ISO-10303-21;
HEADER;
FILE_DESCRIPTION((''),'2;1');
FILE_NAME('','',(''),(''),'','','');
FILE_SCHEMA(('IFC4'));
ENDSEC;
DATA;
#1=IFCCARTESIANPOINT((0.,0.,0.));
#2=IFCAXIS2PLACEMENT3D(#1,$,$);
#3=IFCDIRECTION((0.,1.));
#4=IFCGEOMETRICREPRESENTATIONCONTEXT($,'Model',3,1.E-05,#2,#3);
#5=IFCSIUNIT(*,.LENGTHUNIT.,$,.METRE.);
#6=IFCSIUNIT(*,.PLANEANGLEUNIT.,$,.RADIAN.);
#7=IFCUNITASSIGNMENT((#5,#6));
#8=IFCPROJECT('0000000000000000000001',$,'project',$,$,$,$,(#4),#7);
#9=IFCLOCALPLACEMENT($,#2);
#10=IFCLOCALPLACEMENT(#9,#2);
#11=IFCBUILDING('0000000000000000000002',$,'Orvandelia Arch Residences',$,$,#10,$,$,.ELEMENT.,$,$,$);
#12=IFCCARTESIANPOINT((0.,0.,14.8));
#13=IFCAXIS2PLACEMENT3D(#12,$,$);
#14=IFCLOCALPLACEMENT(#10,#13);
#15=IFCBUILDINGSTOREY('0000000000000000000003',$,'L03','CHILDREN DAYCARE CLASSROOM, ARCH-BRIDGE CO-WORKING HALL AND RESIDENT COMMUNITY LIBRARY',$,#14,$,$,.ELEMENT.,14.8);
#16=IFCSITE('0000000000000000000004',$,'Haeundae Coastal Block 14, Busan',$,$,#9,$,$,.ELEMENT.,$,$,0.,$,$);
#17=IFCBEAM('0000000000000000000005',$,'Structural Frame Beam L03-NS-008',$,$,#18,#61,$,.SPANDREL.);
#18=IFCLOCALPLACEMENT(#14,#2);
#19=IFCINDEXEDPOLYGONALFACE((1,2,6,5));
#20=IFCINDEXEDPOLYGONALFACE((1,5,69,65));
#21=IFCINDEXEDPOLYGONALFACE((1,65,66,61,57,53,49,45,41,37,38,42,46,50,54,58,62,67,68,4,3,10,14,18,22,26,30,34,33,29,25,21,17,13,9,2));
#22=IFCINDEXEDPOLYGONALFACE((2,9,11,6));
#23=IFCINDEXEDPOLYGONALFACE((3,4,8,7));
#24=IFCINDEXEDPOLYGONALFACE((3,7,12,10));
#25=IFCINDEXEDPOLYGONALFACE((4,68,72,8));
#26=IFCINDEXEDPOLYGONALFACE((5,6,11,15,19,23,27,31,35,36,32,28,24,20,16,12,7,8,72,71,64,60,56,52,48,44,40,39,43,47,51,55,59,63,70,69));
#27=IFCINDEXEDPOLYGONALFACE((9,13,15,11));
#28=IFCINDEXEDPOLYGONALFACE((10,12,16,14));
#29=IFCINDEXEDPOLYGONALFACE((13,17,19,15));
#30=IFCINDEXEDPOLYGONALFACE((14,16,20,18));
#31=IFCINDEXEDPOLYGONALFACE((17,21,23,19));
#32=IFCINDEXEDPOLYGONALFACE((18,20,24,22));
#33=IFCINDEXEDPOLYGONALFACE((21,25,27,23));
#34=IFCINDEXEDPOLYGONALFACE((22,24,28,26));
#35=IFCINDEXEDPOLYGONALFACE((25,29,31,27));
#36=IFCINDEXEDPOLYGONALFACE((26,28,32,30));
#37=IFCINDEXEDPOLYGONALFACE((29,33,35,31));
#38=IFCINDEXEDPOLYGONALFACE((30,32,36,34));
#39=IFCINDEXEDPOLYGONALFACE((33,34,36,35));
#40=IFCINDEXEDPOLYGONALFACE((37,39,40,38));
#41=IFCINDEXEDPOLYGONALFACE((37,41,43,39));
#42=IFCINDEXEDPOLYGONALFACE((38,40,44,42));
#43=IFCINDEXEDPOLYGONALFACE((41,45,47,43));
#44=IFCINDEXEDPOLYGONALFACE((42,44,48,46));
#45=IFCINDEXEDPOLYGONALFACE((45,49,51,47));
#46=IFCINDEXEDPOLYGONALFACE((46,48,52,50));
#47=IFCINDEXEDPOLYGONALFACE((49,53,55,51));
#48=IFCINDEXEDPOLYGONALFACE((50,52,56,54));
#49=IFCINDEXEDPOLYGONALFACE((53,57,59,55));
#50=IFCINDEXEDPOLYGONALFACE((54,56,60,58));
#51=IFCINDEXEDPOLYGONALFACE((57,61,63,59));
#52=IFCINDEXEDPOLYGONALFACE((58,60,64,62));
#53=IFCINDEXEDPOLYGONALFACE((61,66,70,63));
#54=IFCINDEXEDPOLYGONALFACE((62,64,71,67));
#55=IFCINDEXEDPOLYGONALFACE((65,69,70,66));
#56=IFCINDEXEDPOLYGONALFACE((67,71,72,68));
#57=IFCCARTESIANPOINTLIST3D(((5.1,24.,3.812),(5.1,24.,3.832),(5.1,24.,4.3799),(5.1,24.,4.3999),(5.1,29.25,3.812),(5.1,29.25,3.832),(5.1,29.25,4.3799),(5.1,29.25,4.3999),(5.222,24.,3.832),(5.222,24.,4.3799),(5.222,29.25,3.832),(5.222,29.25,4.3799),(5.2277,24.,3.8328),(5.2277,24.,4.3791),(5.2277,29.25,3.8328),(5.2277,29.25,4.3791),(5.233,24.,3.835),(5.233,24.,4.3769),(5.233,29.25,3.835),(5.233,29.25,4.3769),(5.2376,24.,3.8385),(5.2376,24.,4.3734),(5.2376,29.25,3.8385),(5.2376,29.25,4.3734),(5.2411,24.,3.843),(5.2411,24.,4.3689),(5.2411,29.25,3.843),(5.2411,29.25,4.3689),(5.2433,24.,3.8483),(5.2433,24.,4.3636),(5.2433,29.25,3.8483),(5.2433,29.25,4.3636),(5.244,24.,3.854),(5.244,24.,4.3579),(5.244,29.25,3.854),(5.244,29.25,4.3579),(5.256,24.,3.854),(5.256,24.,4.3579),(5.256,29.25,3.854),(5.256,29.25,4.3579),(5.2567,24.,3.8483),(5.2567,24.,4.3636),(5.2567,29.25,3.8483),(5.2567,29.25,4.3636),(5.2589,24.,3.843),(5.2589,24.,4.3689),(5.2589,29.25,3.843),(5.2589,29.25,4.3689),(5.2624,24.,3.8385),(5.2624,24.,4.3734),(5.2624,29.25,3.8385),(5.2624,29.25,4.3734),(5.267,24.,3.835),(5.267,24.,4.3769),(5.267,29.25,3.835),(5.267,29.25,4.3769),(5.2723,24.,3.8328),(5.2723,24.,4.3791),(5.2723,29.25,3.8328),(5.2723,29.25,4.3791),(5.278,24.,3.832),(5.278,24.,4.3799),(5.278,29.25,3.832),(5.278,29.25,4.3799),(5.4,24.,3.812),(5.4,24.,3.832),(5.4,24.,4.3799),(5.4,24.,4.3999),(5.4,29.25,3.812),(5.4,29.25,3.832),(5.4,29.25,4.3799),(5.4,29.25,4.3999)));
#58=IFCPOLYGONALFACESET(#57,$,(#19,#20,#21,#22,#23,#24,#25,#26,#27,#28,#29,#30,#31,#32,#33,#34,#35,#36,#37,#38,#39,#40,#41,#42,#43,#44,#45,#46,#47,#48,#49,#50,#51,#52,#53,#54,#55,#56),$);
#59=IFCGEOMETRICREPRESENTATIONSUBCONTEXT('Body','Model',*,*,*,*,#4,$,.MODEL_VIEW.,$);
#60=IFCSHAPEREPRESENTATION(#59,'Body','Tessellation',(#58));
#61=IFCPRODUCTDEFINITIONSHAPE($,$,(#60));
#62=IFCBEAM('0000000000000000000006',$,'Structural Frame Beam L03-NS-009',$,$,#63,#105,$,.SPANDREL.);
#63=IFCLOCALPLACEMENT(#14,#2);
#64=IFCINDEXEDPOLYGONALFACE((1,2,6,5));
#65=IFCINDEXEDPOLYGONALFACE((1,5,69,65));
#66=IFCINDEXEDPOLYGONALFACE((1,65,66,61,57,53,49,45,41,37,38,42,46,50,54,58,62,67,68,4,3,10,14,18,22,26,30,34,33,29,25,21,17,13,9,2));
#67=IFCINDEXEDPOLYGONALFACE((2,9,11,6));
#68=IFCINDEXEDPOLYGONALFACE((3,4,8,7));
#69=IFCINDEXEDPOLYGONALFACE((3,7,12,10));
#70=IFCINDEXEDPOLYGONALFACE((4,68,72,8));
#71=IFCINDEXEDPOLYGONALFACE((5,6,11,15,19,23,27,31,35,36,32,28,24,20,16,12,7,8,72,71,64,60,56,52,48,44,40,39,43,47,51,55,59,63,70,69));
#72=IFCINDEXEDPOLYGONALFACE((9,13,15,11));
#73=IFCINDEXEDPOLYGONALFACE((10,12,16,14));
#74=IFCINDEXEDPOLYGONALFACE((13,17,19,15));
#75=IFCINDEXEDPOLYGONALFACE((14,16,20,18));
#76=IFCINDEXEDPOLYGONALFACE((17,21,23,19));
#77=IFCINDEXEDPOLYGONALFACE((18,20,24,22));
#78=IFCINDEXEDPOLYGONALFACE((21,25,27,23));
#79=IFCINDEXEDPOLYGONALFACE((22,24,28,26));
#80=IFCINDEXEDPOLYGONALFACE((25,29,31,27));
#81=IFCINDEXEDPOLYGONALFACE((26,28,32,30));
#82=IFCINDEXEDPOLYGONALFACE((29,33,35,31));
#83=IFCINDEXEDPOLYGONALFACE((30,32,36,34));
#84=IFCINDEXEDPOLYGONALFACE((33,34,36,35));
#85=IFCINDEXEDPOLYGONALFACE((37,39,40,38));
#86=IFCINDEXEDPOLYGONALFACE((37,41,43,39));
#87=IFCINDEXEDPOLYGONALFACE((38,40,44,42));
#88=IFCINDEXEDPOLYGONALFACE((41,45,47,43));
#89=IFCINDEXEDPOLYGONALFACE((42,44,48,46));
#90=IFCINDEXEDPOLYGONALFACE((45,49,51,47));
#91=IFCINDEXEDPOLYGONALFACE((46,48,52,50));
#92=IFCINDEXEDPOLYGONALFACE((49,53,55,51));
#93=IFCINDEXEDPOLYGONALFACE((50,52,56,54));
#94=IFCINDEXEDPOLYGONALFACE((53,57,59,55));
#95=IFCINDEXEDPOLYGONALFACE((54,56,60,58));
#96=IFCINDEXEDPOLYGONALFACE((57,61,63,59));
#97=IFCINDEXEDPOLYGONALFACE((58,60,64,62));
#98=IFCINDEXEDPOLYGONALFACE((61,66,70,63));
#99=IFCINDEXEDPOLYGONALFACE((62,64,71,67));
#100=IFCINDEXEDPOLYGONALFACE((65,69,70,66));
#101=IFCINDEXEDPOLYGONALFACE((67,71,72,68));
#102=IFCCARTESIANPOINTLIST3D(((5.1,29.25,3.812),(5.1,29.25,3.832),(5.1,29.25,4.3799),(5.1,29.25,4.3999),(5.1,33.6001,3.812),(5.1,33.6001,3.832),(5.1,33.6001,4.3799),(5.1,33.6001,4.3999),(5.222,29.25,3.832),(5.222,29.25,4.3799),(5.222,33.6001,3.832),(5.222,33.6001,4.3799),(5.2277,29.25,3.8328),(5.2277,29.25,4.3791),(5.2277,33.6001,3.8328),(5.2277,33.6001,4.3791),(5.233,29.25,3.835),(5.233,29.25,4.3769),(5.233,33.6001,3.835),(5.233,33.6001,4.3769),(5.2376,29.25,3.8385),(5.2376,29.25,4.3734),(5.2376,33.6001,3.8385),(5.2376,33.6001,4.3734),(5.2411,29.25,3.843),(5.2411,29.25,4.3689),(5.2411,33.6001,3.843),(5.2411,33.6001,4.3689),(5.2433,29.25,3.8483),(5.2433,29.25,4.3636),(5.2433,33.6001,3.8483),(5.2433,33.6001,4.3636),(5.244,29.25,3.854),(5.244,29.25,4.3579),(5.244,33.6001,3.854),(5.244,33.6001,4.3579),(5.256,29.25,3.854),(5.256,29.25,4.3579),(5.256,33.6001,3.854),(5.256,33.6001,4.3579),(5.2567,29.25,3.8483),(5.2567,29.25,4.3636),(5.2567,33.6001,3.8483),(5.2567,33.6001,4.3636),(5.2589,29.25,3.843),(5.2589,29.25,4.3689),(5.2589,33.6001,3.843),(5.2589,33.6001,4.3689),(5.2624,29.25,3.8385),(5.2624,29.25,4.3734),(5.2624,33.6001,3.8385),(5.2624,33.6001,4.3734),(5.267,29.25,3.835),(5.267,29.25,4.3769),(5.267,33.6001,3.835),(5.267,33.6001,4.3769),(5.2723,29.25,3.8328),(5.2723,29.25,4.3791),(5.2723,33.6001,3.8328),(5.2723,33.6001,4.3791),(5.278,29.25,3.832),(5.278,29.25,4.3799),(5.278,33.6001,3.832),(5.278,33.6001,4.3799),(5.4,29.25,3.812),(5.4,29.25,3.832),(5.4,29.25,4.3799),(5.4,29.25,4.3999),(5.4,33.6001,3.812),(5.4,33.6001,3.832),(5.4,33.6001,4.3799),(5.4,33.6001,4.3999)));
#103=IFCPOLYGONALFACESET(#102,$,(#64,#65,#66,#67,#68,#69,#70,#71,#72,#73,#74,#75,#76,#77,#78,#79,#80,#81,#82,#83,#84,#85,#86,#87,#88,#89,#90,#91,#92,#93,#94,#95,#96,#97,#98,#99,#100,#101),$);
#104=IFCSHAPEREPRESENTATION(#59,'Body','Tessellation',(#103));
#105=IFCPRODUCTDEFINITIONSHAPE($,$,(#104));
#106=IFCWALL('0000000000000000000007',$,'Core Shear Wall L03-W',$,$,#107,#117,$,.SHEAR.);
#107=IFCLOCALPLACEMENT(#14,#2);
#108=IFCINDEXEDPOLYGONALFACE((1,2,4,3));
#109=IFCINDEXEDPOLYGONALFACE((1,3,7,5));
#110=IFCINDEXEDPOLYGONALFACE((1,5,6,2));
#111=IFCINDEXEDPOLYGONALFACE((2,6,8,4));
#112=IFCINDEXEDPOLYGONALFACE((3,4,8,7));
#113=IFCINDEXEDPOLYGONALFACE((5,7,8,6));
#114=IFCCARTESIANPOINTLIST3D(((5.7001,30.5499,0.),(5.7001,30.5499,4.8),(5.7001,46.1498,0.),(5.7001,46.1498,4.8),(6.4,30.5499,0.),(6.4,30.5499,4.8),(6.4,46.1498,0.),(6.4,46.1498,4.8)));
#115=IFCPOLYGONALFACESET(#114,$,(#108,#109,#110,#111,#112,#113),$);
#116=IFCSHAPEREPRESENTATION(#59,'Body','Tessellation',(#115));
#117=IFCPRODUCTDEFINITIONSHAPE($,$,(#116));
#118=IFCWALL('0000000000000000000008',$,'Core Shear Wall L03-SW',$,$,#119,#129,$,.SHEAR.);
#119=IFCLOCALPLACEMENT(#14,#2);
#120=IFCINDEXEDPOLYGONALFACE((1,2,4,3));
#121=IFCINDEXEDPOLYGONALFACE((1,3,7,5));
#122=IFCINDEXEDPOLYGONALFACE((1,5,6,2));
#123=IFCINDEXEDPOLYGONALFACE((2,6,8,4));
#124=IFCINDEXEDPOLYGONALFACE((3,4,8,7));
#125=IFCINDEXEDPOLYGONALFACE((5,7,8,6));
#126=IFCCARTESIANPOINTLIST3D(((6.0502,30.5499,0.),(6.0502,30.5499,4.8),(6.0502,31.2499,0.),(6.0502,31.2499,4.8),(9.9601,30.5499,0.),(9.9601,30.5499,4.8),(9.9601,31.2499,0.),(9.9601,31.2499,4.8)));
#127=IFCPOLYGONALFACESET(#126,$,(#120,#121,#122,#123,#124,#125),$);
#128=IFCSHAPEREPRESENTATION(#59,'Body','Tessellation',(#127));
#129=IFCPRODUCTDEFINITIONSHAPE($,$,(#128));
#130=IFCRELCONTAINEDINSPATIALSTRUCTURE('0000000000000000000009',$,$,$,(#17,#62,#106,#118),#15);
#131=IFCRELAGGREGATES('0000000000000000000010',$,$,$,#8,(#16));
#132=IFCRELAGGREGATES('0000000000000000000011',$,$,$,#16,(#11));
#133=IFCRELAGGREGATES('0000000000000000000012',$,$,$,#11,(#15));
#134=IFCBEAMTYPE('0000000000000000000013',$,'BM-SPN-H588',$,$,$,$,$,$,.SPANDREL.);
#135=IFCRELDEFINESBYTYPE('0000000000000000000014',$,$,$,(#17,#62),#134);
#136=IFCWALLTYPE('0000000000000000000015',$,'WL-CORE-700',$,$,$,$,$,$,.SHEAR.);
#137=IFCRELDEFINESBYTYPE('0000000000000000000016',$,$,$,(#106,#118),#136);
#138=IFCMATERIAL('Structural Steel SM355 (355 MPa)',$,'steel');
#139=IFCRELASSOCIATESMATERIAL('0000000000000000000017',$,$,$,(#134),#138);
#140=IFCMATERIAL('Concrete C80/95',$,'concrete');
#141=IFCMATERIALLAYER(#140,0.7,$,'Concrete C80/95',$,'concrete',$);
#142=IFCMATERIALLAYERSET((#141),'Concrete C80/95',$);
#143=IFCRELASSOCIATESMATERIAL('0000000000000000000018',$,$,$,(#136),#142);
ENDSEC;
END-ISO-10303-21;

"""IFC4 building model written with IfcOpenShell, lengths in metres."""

from ifc_helpers import new_model, si_unit, direction, frame, frame_2d, origin, origin_2d, place, context, subcontext, project, spatial, rectangle, i_section, extrude, material, layer, layer_set, material_profile, profile_set, type_object, element, save


model = new_model("IFC4")

# Units and contexts
model_context = context("Model", 3, precision=1e-05, world=origin(), true_north=direction((0.0, 1.0)))
body_context = subcontext(model_context, "Body", "Model", "MODEL_VIEW")
ifc_project = project(units=[si_unit("LENGTHUNIT", "METRE"), si_unit("PLANEANGLEUNIT", "RADIAN")], contexts=[model_context])

# Site, building, storey
site_placement = place(None, origin())
site = spatial("IfcSite", under=ifc_project, at=site_placement, Name="Haeundae Coastal Block 14, Busan", CompositionType="ELEMENT", RefElevation=0.0)
building_placement = place(site_placement, origin())
building = spatial("IfcBuilding", under=site, at=building_placement, Name="Orvandelia Arch Residences", CompositionType="ELEMENT")
storey_placement = place(building_placement, frame((0.0, 0.0, 14.8)))
storey = spatial("IfcBuildingStorey", under=building, at=storey_placement, Name="L03", Description="CHILDREN DAYCARE CLASSROOM, ARCH-BRIDGE CO-WORKING HALL AND RESIDENT COMMUNITY LIBRARY", CompositionType="ELEMENT", Elevation=14.8)

# Shared definitions
ifc_material_1 = material(Name="Concrete C80/95", Category="concrete")

# Beams
ifc_material_2 = material(Name="Structural Steel SM355 (355 MPa)", Category="steel")
ifc_material_profile_1 = material_profile(ifc_material_2, i_section(OverallWidth=0.3, OverallDepth=0.5879, WebThickness=0.012, FlangeThickness=0.02, FilletRadius=0.022, at=origin_2d()), Name="Structural Steel SM355 (355 MPa)", Category="steel")
ifc_profile_set_1 = profile_set([ifc_material_profile_1], Name="Structural Steel SM355 (355 MPa)")
beam_type_1 = type_object("IfcBeamType", Name="BM-SPN-H588", PredefinedType="SPANDREL", material=ifc_profile_set_1)
beam_1_placement = place(storey_placement, frame((5.25, 24.0, 4.106), z_axis=(0.0, 1.0, 0.0), x_axis=(-1.0, 0.0, 0.0)))
element("IfcBeam", 1, at=beam_1_placement, inside=storey, type_object=beam_type_1, Name="Structural Frame Beam L03-NS-008", PredefinedType="SPANDREL", context=body_context, shape_type="SweptSolid", body=[
    extrude(i_section(OverallWidth=0.3, OverallDepth=0.5879, WebThickness=0.012, FlangeThickness=0.02, FilletRadius=0.022, at=origin_2d()), origin(), (0.0, 0.0, 1.0), 5.25),
])
beam_2_placement = place(storey_placement, frame((5.25, 29.25, 4.106), z_axis=(0.0, 1.0, 0.0), x_axis=(-1.0, 0.0, 0.0)))
element("IfcBeam", 2, at=beam_2_placement, inside=storey, type_object=beam_type_1, Name="Structural Frame Beam L03-NS-009", PredefinedType="SPANDREL", context=body_context, shape_type="SweptSolid", body=[
    extrude(i_section(OverallWidth=0.3, OverallDepth=0.5879, WebThickness=0.012, FlangeThickness=0.02, FilletRadius=0.022, at=origin_2d()), origin(), (0.0, 0.0, 1.0), 4.3501),
])

# Walls
ifc_layer_1 = layer(ifc_material_1, 0.7, Name="Concrete C80/95", Category="concrete")
ifc_layer_set_1 = layer_set([ifc_layer_1], Name="Concrete C80/95")
wall_type_1 = type_object("IfcWallType", Name="WL-CORE-700", PredefinedType="SHEAR", material=ifc_layer_set_1)
wall_1_placement = place(storey_placement, frame((6.05, 30.55, 0.0), z_axis=(0.0, 0.0, 1.0), x_axis=(0.0, 1.0, 0.0)))
element("IfcWall", 3, at=wall_1_placement, inside=storey, type_object=wall_type_1, Name="Core Shear Wall L03-W", PredefinedType="SHEAR", context=body_context, shape_type="SweptSolid", body=[
    extrude(rectangle(XDim=15.5999, YDim=0.7, at=frame_2d((7.7998, 0.0))), origin(), (0.0, 0.0, 1.0), 4.8),
])
wall_2_placement = place(storey_placement, frame((6.05, 30.8999, 0.0), z_axis=(0.0, 0.0, 1.0), x_axis=(1.0, 0.0, 0.0)))
element("IfcWall", 4, at=wall_2_placement, inside=storey, type_object=wall_type_1, Name="Core Shear Wall L03-SW", PredefinedType="SHEAR", context=body_context, shape_type="SweptSolid", body=[
    extrude(rectangle(XDim=3.9099, YDim=0.7, at=frame_2d((1.9551, 0.0))), origin(), (0.0, 0.0, 1.0), 4.8),
])

save(model, "model.ifc")
